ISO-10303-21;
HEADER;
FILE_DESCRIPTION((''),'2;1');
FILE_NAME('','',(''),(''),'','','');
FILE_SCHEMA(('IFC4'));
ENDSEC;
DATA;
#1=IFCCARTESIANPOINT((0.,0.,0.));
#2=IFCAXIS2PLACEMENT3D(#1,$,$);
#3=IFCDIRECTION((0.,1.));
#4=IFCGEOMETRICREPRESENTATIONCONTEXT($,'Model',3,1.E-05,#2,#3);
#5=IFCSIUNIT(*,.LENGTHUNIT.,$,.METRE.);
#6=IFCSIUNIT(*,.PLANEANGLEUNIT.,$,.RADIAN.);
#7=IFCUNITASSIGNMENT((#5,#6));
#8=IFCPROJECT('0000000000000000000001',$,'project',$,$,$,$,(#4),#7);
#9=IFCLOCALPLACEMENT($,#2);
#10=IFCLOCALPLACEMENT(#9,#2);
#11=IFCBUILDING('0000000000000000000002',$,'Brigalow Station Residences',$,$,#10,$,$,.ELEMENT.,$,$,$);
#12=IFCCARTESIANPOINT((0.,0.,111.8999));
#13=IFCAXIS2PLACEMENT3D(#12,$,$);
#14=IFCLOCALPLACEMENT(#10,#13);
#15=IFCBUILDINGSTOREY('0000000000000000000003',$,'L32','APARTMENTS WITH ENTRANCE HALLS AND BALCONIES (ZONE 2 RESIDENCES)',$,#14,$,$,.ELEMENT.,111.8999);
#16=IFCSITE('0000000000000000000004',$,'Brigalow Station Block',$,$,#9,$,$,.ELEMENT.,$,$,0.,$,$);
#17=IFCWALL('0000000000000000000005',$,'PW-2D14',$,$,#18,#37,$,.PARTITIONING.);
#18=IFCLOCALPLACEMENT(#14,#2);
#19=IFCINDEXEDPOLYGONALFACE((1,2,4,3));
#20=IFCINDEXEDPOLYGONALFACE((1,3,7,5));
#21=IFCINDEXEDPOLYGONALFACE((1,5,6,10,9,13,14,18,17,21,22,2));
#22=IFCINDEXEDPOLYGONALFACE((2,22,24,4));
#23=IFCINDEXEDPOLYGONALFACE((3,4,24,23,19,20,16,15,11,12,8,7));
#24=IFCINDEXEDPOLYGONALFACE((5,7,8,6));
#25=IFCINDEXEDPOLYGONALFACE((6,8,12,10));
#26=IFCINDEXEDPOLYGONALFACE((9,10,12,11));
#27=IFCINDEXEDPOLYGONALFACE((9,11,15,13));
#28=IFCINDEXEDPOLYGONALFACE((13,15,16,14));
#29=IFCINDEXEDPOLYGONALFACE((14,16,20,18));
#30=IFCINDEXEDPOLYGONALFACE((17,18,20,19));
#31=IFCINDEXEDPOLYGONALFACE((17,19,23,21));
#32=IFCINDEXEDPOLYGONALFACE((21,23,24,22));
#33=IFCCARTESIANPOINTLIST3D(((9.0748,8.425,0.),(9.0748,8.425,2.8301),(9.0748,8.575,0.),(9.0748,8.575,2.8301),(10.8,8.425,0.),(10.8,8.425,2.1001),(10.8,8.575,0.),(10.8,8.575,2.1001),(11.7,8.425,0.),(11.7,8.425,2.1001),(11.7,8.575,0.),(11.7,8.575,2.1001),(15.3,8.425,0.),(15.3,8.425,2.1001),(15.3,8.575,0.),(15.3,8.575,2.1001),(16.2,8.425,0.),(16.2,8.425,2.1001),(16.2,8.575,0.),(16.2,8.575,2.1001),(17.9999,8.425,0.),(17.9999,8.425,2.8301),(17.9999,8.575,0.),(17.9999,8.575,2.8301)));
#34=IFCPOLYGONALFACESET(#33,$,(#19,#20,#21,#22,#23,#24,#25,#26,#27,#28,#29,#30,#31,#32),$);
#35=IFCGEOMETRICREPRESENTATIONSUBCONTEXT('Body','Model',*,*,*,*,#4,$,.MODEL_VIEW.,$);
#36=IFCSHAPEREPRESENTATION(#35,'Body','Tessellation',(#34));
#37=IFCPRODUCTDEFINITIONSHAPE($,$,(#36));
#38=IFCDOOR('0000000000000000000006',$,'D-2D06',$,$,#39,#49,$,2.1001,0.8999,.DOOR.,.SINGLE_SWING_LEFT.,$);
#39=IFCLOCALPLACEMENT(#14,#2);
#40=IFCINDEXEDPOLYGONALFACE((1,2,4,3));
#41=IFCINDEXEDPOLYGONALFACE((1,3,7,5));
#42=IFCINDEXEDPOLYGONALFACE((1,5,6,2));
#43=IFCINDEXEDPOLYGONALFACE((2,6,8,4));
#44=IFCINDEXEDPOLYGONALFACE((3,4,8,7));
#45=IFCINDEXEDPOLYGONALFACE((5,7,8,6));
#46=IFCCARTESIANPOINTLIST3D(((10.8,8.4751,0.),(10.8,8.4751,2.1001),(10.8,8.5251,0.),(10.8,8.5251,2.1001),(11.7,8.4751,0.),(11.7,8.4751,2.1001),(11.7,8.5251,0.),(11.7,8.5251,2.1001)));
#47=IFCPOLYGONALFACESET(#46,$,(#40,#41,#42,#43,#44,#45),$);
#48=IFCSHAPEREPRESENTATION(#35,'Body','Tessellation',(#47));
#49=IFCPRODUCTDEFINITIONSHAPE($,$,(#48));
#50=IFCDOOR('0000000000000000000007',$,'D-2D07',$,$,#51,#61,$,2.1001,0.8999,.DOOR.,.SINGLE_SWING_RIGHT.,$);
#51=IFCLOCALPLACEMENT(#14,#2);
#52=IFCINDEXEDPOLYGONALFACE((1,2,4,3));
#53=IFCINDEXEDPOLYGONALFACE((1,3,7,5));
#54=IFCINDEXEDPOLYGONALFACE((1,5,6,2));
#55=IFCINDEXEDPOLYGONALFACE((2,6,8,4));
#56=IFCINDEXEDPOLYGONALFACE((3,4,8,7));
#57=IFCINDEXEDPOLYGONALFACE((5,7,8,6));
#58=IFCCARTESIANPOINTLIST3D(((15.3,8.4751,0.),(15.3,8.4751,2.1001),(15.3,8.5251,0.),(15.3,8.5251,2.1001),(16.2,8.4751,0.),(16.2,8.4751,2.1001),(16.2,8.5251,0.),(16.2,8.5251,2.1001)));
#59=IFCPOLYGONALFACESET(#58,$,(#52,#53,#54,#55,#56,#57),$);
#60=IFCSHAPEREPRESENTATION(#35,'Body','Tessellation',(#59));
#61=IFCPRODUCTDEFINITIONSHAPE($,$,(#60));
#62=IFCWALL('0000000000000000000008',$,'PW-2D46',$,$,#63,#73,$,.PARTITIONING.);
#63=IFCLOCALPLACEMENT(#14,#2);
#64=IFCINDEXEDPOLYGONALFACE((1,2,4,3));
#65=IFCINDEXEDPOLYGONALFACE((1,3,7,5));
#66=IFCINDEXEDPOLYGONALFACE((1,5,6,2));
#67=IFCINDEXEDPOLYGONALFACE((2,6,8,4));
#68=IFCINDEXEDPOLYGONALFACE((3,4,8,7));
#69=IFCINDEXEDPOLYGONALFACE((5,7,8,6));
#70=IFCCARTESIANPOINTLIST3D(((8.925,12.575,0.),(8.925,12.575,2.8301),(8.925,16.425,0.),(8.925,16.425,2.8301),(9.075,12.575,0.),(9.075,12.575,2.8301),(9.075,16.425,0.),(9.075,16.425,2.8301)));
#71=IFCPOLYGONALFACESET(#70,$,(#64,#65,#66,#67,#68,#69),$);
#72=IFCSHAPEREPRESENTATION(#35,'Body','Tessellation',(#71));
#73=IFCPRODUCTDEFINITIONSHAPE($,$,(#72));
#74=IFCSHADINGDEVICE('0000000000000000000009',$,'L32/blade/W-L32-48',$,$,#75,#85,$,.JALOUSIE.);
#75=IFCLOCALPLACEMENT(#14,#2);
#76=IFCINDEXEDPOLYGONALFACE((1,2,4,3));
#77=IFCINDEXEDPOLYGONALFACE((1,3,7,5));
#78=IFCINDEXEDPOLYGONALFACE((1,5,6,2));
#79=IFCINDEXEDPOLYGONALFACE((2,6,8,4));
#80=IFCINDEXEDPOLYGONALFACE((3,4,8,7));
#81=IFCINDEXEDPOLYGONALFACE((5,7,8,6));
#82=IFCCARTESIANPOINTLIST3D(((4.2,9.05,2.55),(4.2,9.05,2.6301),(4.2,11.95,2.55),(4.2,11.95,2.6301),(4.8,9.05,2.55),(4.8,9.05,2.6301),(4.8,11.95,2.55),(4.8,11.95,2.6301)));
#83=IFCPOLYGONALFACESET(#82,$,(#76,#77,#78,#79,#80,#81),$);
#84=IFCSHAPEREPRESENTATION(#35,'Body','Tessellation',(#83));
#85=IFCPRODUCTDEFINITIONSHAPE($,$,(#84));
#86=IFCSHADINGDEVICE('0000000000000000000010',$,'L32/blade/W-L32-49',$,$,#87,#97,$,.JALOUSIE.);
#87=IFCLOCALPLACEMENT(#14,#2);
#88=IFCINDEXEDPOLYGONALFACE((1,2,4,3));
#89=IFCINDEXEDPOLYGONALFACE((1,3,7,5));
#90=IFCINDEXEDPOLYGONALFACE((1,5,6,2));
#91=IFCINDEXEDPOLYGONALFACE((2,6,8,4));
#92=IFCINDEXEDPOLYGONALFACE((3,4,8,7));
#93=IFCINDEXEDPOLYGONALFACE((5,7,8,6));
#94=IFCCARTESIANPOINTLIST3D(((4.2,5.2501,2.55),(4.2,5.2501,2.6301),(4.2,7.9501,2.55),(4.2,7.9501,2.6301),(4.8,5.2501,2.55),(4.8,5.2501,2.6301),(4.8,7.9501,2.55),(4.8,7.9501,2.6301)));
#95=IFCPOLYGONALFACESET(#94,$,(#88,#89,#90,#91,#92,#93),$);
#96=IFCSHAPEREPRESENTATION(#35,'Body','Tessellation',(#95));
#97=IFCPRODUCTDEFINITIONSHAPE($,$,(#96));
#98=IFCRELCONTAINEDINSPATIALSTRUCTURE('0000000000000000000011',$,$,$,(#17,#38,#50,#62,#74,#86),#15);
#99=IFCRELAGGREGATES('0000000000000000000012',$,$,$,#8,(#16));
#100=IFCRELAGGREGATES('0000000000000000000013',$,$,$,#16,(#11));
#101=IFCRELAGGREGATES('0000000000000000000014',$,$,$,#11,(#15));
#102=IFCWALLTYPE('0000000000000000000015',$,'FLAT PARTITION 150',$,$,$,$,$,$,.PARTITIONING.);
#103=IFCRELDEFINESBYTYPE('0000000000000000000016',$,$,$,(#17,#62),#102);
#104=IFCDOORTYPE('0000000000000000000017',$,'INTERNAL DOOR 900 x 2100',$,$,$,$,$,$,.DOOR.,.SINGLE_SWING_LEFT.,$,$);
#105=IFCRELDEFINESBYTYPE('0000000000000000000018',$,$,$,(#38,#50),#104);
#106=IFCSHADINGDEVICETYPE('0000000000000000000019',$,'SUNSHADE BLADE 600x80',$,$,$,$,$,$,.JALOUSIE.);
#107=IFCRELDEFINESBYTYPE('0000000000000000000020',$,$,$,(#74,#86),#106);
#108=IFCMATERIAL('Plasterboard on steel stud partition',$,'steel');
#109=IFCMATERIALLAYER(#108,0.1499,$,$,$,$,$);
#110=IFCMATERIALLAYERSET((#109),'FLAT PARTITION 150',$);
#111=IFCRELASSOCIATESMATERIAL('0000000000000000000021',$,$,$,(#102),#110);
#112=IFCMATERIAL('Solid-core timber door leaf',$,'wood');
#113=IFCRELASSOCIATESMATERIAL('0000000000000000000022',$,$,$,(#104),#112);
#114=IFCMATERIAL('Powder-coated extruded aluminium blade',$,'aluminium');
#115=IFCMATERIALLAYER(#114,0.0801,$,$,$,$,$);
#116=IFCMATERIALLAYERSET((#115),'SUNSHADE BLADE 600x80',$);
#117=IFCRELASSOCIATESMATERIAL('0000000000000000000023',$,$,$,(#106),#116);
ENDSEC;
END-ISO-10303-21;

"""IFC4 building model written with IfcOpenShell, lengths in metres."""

from ifc_helpers import new_model, si_unit, direction, frame, frame_2d, origin, origin_2d, place, context, subcontext, project, spatial, rectangle, extrude, material, layer, layer_set, type_object, element, fill, save


model = new_model("IFC4")

# Units and contexts
model_context = context("Model", 3, precision=1e-05, world=origin(), true_north=direction((0.0, 1.0)))
body_context = subcontext(model_context, "Body", "Model", "MODEL_VIEW")
ifc_project = project(units=[si_unit("LENGTHUNIT", "METRE"), si_unit("PLANEANGLEUNIT", "RADIAN")], contexts=[model_context])

# Site, building, storey
site_placement = place(None, origin())
site = spatial("IfcSite", under=ifc_project, at=site_placement, Name="Brigalow Station Block", CompositionType="ELEMENT", RefElevation=0.0)
building_placement = place(site_placement, origin())
building = spatial("IfcBuilding", under=site, at=building_placement, Name="Brigalow Station Residences", CompositionType="ELEMENT")
storey_placement = place(building_placement, frame((0.0, 0.0, 111.8999)))
storey = spatial("IfcBuildingStorey", under=building, at=storey_placement, Name="L32", Description="APARTMENTS WITH ENTRANCE HALLS AND BALCONIES (ZONE 2 RESIDENCES)", CompositionType="ELEMENT", Elevation=111.8999)

# Shared definitions
ifc_material_1 = material(Name="Plasterboard on steel stud partition", Category="steel")
ifc_layer_1 = layer(ifc_material_1, 0.1499)
ifc_layer_set_1 = layer_set([ifc_layer_1], Name="FLAT PARTITION 150")
wall_type_1 = type_object("IfcWallType", Name="FLAT PARTITION 150", PredefinedType="PARTITIONING", material=ifc_layer_set_1)
ifc_material_2 = material(Name="Solid-core timber door leaf", Category="wood")
door_type = type_object("IfcDoorType", Name="INTERNAL DOOR 900 x 2100", OperationType="SINGLE_SWING_LEFT", PredefinedType="DOOR", material=ifc_material_2)

# Wall, openings, doors
wall_1_placement = place(storey_placement, frame((9.075, 8.5, 0.0), z_axis=(0.0, 0.0, 1.0), x_axis=(1.0, 0.0, 0.0)))
wall_1 = element("IfcWall", 1, at=wall_1_placement, inside=storey, type_object=wall_type_1, Name="PW-2D14", PredefinedType="PARTITIONING", context=body_context, shape_type="SweptSolid", body=[
    extrude(rectangle(XDim=8.925, YDim=0.1499, at=frame_2d((4.4624, 0.0))), origin(), (0.0, 0.0, 1.0), 2.8301),
])
opening_1_placement = place(wall_1_placement, frame((1.7251, 0.0, 0.0)))
opening_1 = element("IfcOpeningElement", 2, at=opening_1_placement, cuts=wall_1, PredefinedType="OPENING", context=body_context, shape_type="SweptSolid", body=[
    extrude(rectangle(XDim=0.8999, YDim=2.1001, at=frame_2d((0.45, 1.05))), frame((0.0, 0.085, 0.0), z_axis=(0.0, -1.0, 0.0), x_axis=(1.0, 0.0, 0.0)), (0.0, 0.0, 1.0), 0.1699),
])
opening_2_placement = place(wall_1_placement, frame((6.2251, 0.0, 0.0)))
opening_2 = element("IfcOpeningElement", 3, at=opening_2_placement, cuts=wall_1, PredefinedType="OPENING", context=body_context, shape_type="SweptSolid", body=[
    extrude(rectangle(XDim=0.8999, YDim=2.1001, at=frame_2d((0.45, 1.05))), frame((0.0, 0.085, 0.0), z_axis=(0.0, -1.0, 0.0), x_axis=(1.0, 0.0, 0.0)), (0.0, 0.0, 1.0), 0.1699),
])
door_1_placement = place(opening_1_placement, frame((0.8999, 0.0, 0.0), z_axis=(0.0, 0.0, 1.0), x_axis=(-1.0, 0.0, 0.0)))
door_1 = element("IfcDoor", 4, at=door_1_placement, inside=storey, type_object=door_type, Name="D-2D06", OperationType="SINGLE_SWING_LEFT", OverallHeight=2.1001, OverallWidth=0.8999, PredefinedType="DOOR", context=body_context, shape_type="SweptSolid", body=[
    extrude(rectangle(XDim=0.8999, YDim=2.1001, at=frame_2d((0.45, 1.05))), frame((0.0, 0.0249, 0.0), z_axis=(0.0, -1.0, 0.0), x_axis=(1.0, 0.0, 0.0)), (0.0, 0.0, 1.0), 0.05),
])
fill(opening_1, door_1)
door_2_placement = place(opening_2_placement, frame((0.8999, 0.0, 0.0), z_axis=(0.0, 0.0, 1.0), x_axis=(-1.0, 0.0, 0.0)))
door_2 = element("IfcDoor", 5, at=door_2_placement, inside=storey, type_object=door_type, Name="D-2D07", OperationType="SINGLE_SWING_RIGHT", OverallHeight=2.1001, OverallWidth=0.8999, PredefinedType="DOOR", context=body_context, shape_type="SweptSolid", body=[
    extrude(rectangle(XDim=0.8999, YDim=2.1001, at=frame_2d((0.45, 1.05))), frame((0.0, 0.0249, 0.0), z_axis=(0.0, -1.0, 0.0), x_axis=(1.0, 0.0, 0.0)), (0.0, 0.0, 1.0), 0.05),
])
fill(opening_2, door_2)

# Wall
wall_2_placement = place(storey_placement, frame((9.0, 12.575, 0.0), z_axis=(0.0, 0.0, 1.0), x_axis=(0.0, 1.0, 0.0)))
element("IfcWall", 6, at=wall_2_placement, inside=storey, type_object=wall_type_1, Name="PW-2D46", PredefinedType="PARTITIONING", context=body_context, shape_type="SweptSolid", body=[
    extrude(rectangle(XDim=3.8501, YDim=0.1499, at=frame_2d((1.925, 0.0))), origin(), (0.0, 0.0, 1.0), 2.8301),
])

# Shading devices
ifc_material_3 = material(Name="Powder-coated extruded aluminium blade", Category="aluminium")
ifc_layer_2 = layer(ifc_material_3, 0.0801)
ifc_layer_set_2 = layer_set([ifc_layer_2], Name="SUNSHADE BLADE 600x80")
shading_device_type = type_object("IfcShadingDeviceType", Name="SUNSHADE BLADE 600x80", PredefinedType="JALOUSIE", material=ifc_layer_set_2)
shading_device_1_placement = place(storey_placement, frame((4.5, 10.5, 2.55), z_axis=(0.0, 0.0, 1.0), x_axis=(0.0, -1.0, 0.0)))
element("IfcShadingDevice", 7, at=shading_device_1_placement, inside=storey, type_object=shading_device_type, Name="L32/blade/W-L32-48", PredefinedType="JALOUSIE", context=body_context, shape_type="SweptSolid", body=[
    extrude(rectangle(XDim=2.8999, YDim=0.6001, at=origin_2d()), origin(), (0.0, 0.0, 1.0), 0.0801),
])
shading_device_2_placement = place(storey_placement, frame((4.5, 6.6001, 2.55), z_axis=(0.0, 0.0, 1.0), x_axis=(0.0, -1.0, 0.0)))
element("IfcShadingDevice", 8, at=shading_device_2_placement, inside=storey, type_object=shading_device_type, Name="L32/blade/W-L32-49", PredefinedType="JALOUSIE", context=body_context, shape_type="SweptSolid", body=[
    extrude(rectangle(XDim=2.7, YDim=0.6001, at=origin_2d()), origin(), (0.0, 0.0, 1.0), 0.0801),
])

save(model, "model.ifc")
